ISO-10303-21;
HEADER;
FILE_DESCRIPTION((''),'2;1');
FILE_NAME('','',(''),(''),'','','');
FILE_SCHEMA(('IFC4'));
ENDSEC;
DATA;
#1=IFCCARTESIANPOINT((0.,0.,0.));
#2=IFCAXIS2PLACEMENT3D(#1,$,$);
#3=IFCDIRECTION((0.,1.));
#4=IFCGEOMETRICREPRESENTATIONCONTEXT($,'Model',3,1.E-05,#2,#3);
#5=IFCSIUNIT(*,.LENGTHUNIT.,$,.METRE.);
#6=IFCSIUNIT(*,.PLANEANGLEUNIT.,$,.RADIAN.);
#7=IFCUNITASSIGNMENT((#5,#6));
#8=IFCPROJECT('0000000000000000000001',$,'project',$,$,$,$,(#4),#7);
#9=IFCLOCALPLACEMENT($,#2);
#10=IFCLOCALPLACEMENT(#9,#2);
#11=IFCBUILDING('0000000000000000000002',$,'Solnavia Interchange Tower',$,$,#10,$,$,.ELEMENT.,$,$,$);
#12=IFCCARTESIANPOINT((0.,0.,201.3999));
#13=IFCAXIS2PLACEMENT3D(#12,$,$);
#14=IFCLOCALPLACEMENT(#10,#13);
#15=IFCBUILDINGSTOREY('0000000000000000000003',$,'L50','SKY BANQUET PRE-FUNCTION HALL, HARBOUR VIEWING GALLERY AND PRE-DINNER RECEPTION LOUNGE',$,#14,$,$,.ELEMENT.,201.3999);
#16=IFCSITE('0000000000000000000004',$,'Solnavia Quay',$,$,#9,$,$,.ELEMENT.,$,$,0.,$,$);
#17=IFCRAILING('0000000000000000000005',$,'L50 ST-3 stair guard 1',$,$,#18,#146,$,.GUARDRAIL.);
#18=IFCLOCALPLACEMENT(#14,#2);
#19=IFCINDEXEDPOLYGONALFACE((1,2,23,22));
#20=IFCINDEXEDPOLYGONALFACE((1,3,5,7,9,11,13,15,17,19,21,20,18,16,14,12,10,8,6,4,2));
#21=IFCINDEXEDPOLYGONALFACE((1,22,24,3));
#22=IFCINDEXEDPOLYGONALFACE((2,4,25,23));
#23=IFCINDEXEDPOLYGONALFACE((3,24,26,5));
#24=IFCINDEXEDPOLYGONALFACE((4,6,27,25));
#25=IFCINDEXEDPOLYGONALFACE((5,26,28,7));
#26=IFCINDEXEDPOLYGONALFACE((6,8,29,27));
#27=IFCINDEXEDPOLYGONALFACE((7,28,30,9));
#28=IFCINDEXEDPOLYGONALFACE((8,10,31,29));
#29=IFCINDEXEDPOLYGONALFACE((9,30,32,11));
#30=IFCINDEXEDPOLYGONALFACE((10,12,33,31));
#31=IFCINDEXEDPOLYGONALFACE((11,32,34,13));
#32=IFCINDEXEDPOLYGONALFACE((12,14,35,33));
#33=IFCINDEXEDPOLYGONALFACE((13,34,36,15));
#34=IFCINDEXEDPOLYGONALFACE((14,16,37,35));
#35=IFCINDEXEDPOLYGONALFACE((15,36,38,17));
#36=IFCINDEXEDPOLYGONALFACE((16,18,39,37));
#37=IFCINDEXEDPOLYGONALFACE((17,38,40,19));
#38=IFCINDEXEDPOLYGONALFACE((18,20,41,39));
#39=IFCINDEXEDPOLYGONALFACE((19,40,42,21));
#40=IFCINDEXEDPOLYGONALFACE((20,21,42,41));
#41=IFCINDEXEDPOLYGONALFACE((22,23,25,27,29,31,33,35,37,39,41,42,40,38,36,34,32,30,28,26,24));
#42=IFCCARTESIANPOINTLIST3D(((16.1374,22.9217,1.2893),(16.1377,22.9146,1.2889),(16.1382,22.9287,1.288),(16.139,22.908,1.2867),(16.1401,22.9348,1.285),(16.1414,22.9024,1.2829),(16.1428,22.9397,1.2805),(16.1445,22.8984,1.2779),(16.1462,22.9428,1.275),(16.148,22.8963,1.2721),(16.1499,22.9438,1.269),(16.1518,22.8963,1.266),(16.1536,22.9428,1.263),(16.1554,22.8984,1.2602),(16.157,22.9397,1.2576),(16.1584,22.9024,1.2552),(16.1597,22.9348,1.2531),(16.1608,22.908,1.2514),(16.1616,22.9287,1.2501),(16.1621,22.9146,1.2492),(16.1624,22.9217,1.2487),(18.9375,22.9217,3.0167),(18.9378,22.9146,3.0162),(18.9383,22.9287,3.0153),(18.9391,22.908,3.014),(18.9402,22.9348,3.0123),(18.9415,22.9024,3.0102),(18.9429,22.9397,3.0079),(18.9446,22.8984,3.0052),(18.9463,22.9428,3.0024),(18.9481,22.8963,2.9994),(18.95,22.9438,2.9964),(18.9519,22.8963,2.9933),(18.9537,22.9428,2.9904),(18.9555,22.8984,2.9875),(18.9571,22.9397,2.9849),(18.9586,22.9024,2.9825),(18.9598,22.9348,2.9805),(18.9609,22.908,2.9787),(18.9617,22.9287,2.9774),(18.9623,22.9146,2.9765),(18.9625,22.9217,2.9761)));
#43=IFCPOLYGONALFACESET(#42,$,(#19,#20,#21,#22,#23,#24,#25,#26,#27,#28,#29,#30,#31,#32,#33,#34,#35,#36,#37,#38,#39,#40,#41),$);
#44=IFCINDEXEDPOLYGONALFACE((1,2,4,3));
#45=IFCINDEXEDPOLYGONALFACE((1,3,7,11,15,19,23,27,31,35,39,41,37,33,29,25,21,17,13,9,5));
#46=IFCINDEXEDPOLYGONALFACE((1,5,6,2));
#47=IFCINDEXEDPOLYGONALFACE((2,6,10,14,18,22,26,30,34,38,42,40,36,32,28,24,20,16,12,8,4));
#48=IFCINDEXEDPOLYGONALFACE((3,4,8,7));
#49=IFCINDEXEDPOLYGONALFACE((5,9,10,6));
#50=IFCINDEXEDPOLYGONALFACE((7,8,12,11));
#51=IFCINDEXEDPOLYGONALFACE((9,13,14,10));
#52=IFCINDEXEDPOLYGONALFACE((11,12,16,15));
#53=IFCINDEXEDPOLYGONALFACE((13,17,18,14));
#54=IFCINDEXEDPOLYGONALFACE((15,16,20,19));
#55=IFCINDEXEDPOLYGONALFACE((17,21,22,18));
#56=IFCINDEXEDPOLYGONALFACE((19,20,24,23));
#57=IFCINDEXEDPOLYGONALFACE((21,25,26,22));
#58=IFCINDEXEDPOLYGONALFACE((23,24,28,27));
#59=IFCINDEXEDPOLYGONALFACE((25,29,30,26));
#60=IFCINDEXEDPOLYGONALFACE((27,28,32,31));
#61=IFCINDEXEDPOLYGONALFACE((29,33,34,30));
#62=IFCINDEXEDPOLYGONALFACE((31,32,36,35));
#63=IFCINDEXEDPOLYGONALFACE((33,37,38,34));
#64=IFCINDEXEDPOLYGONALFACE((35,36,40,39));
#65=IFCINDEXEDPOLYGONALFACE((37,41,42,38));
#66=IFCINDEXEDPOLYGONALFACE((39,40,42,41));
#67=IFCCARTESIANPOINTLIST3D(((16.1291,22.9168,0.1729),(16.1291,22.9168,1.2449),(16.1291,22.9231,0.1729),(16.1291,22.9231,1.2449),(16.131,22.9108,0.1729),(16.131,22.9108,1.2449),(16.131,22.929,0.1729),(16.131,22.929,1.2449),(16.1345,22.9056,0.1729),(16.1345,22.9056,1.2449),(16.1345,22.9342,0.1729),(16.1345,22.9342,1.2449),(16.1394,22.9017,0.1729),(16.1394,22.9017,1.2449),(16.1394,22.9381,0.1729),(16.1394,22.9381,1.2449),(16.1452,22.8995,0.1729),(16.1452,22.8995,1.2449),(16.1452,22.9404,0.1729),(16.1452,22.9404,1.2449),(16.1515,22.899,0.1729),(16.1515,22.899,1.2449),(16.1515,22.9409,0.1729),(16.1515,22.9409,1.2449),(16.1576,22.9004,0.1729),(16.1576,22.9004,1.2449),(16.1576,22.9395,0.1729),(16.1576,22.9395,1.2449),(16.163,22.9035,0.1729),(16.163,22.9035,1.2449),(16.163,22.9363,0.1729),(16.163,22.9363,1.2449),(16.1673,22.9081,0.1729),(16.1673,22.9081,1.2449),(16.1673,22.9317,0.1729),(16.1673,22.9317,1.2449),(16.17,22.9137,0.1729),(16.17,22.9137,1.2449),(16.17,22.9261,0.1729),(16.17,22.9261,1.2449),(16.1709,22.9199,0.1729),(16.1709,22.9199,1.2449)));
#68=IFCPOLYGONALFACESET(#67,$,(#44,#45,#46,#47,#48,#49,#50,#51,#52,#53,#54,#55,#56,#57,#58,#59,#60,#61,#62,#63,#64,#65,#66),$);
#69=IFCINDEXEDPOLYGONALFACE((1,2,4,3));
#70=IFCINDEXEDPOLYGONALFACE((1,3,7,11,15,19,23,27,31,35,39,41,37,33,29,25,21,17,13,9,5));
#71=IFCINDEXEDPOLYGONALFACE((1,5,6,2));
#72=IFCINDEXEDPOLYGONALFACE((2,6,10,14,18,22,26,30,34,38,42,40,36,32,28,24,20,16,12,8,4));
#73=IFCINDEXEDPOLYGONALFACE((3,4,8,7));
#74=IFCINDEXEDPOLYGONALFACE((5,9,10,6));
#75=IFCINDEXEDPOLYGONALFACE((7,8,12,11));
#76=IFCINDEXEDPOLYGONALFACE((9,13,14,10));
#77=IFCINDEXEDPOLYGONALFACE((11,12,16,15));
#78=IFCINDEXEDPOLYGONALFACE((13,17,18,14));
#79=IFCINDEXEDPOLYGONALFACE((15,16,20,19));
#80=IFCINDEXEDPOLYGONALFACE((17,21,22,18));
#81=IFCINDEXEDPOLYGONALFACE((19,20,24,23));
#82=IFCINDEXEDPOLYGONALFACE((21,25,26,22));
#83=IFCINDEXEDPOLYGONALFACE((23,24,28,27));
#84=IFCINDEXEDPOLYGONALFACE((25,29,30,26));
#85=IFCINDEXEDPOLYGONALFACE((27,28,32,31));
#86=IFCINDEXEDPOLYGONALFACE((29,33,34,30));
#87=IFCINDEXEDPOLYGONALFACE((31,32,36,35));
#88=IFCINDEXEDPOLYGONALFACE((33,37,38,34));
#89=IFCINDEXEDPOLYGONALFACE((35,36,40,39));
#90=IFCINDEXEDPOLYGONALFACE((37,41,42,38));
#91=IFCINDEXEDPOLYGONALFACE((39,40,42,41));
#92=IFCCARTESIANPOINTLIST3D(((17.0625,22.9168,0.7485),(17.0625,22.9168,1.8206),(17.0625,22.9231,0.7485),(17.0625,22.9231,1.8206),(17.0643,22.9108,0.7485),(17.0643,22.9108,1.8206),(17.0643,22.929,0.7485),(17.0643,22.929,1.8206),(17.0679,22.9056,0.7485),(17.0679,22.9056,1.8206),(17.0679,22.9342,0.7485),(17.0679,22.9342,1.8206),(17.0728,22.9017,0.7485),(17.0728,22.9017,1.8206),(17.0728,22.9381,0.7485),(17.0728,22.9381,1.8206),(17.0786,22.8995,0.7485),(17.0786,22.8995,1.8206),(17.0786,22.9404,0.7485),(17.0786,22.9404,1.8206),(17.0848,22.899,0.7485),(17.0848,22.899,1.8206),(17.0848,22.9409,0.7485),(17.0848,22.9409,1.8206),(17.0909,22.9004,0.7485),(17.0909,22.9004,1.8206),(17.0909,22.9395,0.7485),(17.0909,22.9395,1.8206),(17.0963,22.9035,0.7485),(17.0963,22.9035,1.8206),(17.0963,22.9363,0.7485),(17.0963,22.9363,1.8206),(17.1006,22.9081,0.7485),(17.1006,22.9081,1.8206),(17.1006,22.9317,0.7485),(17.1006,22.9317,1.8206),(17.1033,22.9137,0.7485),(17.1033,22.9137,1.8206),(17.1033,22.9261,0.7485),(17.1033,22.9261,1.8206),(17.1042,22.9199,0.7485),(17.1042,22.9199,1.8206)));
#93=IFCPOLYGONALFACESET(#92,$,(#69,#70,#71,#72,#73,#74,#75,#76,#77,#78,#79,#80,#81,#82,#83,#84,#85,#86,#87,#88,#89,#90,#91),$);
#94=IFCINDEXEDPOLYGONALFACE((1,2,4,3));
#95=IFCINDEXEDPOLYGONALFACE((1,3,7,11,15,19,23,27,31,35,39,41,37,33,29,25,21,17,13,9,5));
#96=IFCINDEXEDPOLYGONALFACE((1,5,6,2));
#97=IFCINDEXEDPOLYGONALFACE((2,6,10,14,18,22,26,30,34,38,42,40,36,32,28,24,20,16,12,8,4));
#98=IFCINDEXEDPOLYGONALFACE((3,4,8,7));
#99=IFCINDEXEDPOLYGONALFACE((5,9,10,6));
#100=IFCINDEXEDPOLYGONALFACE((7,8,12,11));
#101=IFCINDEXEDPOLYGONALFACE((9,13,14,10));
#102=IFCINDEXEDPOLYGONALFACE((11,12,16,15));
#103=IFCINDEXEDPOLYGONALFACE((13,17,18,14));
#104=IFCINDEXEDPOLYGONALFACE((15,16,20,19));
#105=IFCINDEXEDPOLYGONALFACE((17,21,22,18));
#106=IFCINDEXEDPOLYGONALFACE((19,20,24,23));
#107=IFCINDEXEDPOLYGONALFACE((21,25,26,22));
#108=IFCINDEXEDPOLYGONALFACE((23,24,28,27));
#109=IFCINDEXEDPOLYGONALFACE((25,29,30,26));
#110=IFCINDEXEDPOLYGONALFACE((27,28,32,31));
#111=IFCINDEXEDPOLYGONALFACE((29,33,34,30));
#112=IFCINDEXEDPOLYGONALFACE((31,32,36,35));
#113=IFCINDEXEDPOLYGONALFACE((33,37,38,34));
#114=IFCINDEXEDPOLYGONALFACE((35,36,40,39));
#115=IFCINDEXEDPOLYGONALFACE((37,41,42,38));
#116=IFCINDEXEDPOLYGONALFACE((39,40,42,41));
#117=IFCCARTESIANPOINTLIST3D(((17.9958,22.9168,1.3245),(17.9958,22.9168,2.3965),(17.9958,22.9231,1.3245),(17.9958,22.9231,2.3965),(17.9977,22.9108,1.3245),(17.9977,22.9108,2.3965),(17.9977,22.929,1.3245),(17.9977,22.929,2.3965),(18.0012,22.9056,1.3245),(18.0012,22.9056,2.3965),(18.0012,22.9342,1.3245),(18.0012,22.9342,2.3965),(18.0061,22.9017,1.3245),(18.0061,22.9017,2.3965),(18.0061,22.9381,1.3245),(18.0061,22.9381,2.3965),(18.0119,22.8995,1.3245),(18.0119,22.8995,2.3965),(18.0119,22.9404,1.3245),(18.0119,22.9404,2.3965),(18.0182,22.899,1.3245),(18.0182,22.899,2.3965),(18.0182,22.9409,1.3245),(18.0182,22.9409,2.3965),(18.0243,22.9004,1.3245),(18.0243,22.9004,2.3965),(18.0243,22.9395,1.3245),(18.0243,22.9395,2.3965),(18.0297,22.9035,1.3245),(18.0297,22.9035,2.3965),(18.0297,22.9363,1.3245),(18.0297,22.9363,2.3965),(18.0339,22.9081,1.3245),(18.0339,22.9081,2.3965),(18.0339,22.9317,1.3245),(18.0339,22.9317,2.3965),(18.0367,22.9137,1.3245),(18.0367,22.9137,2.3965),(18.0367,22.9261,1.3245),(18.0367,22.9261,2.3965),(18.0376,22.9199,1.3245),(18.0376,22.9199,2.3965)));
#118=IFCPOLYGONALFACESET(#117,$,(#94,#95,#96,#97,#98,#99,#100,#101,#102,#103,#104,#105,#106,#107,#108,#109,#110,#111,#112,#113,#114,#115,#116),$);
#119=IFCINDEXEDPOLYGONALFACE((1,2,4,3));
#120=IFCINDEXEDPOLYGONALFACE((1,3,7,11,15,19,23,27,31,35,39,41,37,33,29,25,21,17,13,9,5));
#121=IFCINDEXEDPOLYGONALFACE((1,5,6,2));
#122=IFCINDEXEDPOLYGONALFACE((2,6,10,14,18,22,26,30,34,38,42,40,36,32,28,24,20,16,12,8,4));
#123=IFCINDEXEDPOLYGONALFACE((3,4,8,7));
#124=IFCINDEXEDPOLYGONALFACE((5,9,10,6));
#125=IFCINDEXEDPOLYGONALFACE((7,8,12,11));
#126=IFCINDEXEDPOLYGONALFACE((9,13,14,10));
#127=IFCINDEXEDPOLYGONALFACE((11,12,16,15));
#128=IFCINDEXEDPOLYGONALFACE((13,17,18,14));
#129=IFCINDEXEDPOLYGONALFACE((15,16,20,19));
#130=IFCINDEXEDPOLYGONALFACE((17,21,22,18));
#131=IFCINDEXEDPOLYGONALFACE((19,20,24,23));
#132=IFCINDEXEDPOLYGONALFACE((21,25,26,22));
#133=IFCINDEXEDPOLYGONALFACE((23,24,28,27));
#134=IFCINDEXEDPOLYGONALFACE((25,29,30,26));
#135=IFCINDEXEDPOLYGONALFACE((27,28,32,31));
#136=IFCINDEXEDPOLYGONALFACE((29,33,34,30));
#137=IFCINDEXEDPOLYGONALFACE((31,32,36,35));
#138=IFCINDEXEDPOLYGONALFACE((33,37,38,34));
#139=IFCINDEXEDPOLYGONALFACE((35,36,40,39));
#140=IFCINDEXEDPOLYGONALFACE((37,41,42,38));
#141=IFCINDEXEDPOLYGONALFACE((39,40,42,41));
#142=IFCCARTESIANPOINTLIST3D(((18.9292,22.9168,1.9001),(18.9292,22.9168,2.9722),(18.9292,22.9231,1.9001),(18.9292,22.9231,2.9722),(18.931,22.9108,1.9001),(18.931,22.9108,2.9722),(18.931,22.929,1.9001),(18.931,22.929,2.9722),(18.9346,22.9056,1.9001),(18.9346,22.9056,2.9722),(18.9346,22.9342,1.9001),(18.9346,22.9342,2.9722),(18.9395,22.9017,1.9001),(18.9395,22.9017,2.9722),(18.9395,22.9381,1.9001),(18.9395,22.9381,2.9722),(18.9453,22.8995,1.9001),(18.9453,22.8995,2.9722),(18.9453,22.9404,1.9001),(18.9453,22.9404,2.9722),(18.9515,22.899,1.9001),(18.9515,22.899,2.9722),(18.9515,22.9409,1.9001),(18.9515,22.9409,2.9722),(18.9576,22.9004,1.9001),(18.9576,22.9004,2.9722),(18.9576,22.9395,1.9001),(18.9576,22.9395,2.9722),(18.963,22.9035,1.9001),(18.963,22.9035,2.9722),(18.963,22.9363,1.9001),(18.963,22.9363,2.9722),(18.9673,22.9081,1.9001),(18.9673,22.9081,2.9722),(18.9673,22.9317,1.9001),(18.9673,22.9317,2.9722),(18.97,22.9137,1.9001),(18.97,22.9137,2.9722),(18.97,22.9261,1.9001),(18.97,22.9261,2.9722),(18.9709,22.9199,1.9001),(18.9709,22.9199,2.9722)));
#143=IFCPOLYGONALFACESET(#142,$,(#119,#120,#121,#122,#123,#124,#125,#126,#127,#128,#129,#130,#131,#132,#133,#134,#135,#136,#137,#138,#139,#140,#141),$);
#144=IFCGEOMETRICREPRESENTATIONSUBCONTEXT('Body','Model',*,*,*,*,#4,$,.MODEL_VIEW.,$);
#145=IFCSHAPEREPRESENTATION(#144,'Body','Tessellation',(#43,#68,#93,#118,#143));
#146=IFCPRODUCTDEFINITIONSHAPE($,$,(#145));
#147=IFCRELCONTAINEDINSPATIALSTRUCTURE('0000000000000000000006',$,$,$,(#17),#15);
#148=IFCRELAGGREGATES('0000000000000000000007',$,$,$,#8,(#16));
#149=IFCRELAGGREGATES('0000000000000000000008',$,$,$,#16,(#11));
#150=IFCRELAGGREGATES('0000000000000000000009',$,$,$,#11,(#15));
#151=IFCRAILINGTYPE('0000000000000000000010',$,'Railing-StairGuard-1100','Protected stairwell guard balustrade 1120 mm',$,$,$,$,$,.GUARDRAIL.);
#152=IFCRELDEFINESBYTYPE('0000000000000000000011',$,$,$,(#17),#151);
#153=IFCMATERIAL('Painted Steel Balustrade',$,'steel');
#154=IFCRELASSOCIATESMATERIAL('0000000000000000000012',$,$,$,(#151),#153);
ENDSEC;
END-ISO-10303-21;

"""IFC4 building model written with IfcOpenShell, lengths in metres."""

from ifc_helpers import new_model, si_unit, direction, frame, origin, origin_2d, place, context, subcontext, project, spatial, circle, extrude, material, type_object, element, save


model = new_model("IFC4")

# Units and contexts
model_context = context("Model", 3, precision=1e-05, world=origin(), true_north=direction((0.0, 1.0)))
body_context = subcontext(model_context, "Body", "Model", "MODEL_VIEW")
ifc_project = project(units=[si_unit("LENGTHUNIT", "METRE"), si_unit("PLANEANGLEUNIT", "RADIAN")], contexts=[model_context])

# Site, building, storey
site_placement = place(None, origin())
site = spatial("IfcSite", under=ifc_project, at=site_placement, Name="Solnavia Quay", CompositionType="ELEMENT", RefElevation=0.0)
building_placement = place(site_placement, origin())
building = spatial("IfcBuilding", under=site, at=building_placement, Name="Solnavia Interchange Tower", CompositionType="ELEMENT")
storey_placement = place(building_placement, frame((0.0, 0.0, 201.3999)))
storey = spatial("IfcBuildingStorey", under=building, at=storey_placement, Name="L50", Description="SKY BANQUET PRE-FUNCTION HALL, HARBOUR VIEWING GALLERY AND PRE-DINNER RECEPTION LOUNGE", CompositionType="ELEMENT", Elevation=201.3999)

# Railing
ifc_material_1 = material(Name="Painted Steel Balustrade", Category="steel")
railing_type_1 = type_object("IfcRailingType", Name="Railing-StairGuard-1100", Description="Protected stairwell guard balustrade 1120 mm", PredefinedType="GUARDRAIL", material=ifc_material_1)
railing_1_placement = place(storey_placement, frame((16.1499, 22.9199, 0.1729)))
element("IfcRailing", 1, at=railing_1_placement, inside=storey, type_object=railing_type_1, Name="L50 ST-3 stair guard 1", PredefinedType="GUARDRAIL", context=body_context, shape_type="SweptSolid", body=[
    extrude(circle(Radius=0.0239, at=origin_2d()), frame((0.0, 0.0, 1.0962), z_axis=(0.85109, 0.0, 0.52502), x_axis=(0.0, 1.0, 0.0)), (0.0, 0.0, 1.0), 3.29),
    extrude(circle(Radius=0.021, at=origin_2d()), origin(), (0.0, 0.0, 1.0), 1.072),
    extrude(circle(Radius=0.021, at=origin_2d()), frame((0.9333, 0.0, 0.5757)), (0.0, 0.0, 1.0), 1.072),
    extrude(circle(Radius=0.021, at=origin_2d()), frame((1.8667, 0.0, 1.1516)), (0.0, 0.0, 1.0), 1.072),
    extrude(circle(Radius=0.021, at=origin_2d()), frame((2.8, 0.0, 1.7273)), (0.0, 0.0, 1.0), 1.072),
])

save(model, "model.ifc")
